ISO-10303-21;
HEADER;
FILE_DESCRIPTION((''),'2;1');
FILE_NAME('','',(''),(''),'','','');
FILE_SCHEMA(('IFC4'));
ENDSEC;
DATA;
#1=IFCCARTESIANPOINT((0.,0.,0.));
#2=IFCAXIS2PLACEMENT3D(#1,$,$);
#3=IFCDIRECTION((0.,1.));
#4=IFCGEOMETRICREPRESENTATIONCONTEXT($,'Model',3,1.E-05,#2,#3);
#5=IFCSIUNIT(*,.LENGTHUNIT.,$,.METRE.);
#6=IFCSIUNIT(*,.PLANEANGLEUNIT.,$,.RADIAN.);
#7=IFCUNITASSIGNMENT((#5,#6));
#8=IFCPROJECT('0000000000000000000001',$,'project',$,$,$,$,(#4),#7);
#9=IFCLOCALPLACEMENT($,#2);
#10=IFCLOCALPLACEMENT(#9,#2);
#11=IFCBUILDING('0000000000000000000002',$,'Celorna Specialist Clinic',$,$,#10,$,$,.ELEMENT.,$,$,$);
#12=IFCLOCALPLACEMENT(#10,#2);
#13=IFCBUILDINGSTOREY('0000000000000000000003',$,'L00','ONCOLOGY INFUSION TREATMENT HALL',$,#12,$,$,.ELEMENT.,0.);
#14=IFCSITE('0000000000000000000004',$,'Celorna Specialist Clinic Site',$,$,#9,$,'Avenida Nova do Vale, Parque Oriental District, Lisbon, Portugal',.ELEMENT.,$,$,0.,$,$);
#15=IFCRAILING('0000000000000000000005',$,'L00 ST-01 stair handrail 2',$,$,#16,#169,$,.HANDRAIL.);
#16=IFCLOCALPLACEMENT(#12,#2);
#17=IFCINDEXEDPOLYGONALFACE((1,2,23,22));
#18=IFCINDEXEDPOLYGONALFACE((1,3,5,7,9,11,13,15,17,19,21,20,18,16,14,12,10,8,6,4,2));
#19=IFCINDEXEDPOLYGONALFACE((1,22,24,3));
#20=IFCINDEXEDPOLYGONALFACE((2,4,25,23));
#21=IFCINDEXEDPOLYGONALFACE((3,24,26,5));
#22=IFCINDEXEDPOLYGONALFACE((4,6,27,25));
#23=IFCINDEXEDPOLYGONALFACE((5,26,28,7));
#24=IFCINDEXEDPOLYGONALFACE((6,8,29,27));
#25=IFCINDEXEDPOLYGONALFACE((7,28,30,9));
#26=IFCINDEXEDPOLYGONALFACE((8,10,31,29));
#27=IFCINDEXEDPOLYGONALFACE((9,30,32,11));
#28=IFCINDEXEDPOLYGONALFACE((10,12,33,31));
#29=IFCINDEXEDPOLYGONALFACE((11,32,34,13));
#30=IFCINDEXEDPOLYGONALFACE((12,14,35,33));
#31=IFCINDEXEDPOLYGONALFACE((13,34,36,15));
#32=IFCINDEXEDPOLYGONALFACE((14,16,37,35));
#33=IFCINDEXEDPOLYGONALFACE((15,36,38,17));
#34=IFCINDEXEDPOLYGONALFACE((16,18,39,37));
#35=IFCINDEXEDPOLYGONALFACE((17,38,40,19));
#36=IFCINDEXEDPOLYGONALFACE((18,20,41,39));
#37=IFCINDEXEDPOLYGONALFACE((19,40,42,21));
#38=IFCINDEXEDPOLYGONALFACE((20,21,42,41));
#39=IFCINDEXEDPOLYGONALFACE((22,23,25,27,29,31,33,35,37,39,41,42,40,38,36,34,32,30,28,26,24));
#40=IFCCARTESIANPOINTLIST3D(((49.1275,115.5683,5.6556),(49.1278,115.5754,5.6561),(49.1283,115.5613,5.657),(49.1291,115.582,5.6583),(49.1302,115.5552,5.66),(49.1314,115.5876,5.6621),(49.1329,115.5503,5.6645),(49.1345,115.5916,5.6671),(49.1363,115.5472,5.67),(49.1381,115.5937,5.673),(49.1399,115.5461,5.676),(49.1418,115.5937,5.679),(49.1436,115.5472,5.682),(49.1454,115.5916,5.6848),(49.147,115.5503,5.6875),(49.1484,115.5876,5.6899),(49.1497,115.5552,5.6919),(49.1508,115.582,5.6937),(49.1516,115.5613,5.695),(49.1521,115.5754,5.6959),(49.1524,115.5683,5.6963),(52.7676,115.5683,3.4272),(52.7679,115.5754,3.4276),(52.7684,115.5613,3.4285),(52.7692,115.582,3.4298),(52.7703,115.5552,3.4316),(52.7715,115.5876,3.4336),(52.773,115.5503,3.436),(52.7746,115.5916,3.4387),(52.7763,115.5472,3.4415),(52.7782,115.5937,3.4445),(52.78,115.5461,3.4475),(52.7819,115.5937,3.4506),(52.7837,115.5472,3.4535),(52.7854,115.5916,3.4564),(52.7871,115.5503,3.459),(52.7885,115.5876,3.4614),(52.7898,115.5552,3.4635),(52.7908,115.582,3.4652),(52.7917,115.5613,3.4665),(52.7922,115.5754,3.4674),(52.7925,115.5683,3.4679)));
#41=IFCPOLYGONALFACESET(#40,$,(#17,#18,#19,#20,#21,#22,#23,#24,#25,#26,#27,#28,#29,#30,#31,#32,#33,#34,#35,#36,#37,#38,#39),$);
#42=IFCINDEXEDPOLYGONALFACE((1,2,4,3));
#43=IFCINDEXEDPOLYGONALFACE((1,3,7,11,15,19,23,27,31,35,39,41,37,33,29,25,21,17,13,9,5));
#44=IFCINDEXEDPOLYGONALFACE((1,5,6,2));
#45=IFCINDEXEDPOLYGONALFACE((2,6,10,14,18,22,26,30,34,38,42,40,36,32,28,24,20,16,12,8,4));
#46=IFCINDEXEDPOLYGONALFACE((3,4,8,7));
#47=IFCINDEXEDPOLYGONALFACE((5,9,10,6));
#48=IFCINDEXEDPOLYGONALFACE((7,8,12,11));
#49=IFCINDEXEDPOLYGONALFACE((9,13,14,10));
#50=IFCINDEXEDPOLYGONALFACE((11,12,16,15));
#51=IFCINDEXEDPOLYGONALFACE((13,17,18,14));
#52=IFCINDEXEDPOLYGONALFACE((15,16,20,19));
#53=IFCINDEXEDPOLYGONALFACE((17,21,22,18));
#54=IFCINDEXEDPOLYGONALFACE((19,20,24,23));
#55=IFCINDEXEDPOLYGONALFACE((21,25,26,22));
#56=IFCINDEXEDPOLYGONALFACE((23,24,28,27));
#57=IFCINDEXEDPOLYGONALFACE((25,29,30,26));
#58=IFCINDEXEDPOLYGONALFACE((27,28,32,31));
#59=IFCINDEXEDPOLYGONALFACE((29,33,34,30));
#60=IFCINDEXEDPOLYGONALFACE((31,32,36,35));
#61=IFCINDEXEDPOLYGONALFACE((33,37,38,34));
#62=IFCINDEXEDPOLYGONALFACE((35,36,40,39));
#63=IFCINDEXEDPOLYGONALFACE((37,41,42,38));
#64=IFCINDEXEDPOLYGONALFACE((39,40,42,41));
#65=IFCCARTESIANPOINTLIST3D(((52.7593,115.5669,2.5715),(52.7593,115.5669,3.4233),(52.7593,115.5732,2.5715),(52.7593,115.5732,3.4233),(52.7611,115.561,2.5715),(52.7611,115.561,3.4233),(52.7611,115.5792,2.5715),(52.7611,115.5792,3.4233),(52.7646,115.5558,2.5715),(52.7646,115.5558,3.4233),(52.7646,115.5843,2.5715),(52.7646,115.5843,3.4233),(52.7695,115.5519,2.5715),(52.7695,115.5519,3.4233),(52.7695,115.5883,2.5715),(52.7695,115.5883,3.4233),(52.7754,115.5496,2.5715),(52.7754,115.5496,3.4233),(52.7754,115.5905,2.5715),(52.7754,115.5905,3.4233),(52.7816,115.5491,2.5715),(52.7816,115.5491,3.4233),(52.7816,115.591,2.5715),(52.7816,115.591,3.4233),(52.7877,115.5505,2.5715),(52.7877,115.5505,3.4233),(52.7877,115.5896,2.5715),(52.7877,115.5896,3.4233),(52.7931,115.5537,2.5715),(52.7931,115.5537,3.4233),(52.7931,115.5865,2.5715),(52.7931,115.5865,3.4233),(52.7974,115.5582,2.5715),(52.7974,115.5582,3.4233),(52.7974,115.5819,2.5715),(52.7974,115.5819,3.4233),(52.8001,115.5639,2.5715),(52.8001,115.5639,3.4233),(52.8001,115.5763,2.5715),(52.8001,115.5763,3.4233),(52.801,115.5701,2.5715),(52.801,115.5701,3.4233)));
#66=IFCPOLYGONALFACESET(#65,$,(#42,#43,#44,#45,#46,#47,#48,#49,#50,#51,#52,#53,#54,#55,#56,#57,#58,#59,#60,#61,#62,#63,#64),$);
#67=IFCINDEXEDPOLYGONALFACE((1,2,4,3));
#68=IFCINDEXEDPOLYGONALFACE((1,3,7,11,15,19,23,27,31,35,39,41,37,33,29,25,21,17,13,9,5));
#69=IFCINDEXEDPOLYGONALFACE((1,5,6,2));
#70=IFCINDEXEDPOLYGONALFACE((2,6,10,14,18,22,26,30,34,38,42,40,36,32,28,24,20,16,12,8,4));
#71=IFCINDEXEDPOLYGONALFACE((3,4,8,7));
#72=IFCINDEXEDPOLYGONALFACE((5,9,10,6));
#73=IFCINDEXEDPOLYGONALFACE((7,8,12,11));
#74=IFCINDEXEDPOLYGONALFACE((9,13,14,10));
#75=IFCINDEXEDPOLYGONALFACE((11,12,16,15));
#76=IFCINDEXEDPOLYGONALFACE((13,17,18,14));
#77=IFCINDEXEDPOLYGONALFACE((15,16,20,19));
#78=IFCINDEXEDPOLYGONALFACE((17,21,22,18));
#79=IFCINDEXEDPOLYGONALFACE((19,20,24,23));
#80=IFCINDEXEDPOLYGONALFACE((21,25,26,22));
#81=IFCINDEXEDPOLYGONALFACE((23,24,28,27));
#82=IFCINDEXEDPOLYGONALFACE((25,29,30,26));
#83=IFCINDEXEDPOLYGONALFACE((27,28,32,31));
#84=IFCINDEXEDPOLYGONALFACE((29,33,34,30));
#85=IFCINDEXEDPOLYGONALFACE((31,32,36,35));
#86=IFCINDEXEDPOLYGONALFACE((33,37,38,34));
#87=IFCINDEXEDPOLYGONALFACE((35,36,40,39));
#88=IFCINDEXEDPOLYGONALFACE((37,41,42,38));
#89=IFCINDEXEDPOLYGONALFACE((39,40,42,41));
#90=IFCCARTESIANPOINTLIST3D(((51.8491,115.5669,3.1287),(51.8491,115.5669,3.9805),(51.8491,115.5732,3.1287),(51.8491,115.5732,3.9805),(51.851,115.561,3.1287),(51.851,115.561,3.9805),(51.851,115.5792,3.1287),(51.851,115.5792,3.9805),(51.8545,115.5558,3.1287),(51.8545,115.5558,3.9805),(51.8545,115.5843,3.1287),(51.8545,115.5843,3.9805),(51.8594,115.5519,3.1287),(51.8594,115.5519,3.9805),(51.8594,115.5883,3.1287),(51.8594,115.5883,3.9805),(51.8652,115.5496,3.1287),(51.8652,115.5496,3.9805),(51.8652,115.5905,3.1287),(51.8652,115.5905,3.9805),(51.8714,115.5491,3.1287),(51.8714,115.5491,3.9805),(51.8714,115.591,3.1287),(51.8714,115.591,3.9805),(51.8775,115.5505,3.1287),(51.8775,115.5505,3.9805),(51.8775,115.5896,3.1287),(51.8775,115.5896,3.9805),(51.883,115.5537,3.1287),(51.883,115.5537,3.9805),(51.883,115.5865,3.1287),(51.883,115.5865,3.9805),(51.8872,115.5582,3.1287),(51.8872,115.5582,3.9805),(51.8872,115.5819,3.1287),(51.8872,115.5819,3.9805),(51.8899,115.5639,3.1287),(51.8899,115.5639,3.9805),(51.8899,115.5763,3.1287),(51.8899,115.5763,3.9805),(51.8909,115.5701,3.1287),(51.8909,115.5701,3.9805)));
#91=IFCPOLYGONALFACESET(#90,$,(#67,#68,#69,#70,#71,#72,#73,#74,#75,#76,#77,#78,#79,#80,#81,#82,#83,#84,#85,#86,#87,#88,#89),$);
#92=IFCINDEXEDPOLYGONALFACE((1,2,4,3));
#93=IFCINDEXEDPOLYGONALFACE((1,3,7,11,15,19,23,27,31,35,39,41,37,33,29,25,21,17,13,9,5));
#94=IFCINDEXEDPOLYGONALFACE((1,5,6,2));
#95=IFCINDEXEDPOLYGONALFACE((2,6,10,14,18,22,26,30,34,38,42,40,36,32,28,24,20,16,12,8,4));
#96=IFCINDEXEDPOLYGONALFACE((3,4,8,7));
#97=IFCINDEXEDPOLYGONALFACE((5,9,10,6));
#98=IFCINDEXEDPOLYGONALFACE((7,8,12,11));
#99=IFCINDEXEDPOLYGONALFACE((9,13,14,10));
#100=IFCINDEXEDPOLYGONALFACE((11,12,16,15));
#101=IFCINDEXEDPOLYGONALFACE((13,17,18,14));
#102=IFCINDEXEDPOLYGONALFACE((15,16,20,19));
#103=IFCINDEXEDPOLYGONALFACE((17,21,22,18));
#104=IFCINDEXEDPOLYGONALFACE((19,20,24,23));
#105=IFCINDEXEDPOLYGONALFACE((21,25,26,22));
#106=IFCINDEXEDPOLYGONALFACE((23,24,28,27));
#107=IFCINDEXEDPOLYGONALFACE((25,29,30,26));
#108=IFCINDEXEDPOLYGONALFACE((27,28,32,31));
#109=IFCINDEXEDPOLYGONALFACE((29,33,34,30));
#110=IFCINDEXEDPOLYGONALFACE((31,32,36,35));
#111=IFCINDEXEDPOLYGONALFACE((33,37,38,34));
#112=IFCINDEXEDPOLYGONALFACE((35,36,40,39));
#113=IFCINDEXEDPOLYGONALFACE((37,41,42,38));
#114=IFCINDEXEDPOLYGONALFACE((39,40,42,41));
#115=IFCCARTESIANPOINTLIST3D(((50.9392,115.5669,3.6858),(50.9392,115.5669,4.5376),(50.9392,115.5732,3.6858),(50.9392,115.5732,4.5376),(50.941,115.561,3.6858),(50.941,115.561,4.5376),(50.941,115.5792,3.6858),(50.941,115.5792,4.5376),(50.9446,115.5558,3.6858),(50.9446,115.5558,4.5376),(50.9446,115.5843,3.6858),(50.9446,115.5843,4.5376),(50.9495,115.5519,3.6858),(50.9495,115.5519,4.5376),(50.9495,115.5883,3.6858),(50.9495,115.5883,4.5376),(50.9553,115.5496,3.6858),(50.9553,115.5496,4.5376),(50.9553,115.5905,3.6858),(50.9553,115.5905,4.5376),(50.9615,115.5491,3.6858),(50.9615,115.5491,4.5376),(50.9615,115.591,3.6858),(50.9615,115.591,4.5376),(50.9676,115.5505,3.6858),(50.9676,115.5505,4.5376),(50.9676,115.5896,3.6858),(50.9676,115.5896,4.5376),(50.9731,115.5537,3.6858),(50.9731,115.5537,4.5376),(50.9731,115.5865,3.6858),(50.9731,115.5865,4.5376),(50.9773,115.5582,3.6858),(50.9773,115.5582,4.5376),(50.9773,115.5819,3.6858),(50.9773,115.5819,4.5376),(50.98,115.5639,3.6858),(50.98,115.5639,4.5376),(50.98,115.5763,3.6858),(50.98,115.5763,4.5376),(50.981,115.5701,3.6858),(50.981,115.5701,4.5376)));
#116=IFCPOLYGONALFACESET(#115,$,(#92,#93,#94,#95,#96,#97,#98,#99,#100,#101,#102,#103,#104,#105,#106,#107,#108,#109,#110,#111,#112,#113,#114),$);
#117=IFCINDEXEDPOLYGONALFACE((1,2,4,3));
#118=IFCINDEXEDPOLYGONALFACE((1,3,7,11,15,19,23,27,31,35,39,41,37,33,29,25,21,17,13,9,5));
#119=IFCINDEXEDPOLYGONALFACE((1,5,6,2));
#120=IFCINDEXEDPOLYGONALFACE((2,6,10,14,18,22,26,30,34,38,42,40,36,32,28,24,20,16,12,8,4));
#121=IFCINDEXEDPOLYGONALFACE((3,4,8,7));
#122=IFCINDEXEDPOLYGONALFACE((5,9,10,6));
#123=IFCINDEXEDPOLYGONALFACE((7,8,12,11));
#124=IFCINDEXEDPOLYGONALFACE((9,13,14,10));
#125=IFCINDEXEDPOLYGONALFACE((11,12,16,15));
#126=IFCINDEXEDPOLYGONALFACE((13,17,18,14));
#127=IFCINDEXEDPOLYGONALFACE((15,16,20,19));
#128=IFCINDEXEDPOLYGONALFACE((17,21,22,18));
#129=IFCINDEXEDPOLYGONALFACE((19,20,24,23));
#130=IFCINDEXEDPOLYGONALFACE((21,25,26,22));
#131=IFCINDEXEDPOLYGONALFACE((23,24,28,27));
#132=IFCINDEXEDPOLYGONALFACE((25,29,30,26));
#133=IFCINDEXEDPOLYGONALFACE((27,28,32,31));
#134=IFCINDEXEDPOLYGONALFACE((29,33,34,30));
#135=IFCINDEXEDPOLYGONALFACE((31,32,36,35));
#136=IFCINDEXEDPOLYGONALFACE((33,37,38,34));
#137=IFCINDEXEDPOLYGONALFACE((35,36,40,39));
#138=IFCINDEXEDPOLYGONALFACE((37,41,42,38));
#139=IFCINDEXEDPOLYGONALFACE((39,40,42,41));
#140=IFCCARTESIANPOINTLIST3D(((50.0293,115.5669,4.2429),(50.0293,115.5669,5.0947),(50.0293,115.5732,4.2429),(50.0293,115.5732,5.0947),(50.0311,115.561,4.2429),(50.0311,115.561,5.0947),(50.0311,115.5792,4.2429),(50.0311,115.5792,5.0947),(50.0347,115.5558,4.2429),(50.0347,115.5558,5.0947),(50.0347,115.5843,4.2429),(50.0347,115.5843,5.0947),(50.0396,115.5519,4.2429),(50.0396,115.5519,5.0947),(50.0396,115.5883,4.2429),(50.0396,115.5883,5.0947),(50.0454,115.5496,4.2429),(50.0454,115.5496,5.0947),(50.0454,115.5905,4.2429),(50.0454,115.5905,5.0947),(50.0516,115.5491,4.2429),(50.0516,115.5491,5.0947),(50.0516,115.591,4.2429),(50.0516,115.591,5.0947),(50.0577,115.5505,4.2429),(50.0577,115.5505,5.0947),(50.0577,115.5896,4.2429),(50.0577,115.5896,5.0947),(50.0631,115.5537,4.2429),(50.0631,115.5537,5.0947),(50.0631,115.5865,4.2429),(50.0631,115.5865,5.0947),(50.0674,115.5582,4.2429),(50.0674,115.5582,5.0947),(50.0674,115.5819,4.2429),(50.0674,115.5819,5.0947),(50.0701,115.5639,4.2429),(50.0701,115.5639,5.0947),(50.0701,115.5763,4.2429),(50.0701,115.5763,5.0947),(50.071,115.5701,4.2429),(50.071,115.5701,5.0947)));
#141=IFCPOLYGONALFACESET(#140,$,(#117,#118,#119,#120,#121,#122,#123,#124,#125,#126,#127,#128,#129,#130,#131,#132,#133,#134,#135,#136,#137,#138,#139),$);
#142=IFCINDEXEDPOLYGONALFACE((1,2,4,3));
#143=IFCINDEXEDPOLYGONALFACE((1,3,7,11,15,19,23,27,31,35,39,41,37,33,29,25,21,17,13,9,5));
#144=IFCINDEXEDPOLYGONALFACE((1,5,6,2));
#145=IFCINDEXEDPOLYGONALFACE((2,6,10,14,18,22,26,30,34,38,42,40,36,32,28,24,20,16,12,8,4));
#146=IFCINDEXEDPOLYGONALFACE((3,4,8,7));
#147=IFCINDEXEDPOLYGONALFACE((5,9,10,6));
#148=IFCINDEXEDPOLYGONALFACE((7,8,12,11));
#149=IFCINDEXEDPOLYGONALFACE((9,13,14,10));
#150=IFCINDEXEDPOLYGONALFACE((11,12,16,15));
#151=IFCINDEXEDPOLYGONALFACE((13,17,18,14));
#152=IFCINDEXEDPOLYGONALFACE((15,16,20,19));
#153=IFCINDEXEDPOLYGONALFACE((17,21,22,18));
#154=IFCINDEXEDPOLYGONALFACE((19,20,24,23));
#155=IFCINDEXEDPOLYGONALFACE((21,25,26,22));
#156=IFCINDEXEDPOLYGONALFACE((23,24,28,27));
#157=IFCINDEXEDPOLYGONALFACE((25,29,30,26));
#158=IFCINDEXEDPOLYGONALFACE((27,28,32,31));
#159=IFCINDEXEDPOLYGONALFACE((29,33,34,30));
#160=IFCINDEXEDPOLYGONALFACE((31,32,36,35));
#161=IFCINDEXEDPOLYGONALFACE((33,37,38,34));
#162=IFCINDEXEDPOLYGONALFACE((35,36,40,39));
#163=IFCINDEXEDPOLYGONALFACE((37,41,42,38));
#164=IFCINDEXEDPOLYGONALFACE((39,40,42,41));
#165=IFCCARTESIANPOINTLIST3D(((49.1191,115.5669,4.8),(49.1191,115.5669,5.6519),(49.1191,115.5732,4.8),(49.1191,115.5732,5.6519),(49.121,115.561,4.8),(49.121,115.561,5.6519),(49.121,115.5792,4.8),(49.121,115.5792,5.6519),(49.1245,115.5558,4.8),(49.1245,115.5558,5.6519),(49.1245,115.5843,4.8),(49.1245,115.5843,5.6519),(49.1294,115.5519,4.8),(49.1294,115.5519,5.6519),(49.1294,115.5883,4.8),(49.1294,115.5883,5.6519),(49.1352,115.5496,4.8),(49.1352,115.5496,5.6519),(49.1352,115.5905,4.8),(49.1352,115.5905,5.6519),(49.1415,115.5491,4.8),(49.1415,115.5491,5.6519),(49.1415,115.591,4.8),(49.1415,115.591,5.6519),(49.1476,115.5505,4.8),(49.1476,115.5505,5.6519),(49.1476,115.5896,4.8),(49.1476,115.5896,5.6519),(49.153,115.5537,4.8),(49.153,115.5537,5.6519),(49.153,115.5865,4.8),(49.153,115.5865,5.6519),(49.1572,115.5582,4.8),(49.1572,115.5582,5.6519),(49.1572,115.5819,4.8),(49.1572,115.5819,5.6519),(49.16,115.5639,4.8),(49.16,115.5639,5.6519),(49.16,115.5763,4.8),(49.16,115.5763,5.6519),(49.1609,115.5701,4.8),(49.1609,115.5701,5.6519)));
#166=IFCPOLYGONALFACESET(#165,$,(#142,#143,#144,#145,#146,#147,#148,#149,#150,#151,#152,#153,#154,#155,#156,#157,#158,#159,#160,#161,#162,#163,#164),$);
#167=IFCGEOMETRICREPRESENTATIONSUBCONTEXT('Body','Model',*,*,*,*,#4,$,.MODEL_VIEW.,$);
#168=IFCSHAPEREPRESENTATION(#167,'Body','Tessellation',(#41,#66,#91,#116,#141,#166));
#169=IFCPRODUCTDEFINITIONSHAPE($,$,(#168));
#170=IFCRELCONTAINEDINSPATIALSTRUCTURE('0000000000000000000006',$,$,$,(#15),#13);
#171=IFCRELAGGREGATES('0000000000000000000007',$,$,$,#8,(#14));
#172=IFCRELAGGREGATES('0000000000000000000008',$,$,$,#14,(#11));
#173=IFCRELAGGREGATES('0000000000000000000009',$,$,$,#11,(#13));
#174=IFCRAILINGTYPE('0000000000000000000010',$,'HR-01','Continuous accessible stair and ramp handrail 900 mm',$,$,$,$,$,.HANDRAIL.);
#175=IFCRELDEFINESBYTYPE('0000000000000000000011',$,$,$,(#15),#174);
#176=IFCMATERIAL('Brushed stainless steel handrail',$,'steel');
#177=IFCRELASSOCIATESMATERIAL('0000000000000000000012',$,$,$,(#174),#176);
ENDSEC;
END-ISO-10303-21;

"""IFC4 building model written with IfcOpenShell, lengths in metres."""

from ifc_helpers import new_model, si_unit, direction, frame, origin, origin_2d, place, context, subcontext, project, spatial, circle, extrude, material, type_object, element, save


model = new_model("IFC4")

# Units and contexts
model_context = context("Model", 3, precision=1e-05, world=origin(), true_north=direction((0.0, 1.0)))
body_context = subcontext(model_context, "Body", "Model", "MODEL_VIEW")
ifc_project = project(units=[si_unit("LENGTHUNIT", "METRE"), si_unit("PLANEANGLEUNIT", "RADIAN")], contexts=[model_context])

# Site, building, storey
site_placement = place(None, origin())
site = spatial("IfcSite", under=ifc_project, at=site_placement, Name="Celorna Specialist Clinic Site", LongName="Avenida Nova do Vale, Parque Oriental District, Lisbon, Portugal", CompositionType="ELEMENT", RefElevation=0.0)
building_placement = place(site_placement, origin())
building = spatial("IfcBuilding", under=site, at=building_placement, Name="Celorna Specialist Clinic", CompositionType="ELEMENT")
storey_placement = place(building_placement, origin())
storey = spatial("IfcBuildingStorey", under=building, at=storey_placement, Name="L00", Description="ONCOLOGY INFUSION TREATMENT HALL", CompositionType="ELEMENT", Elevation=0.0)

# Railing
ifc_material_1 = material(Name="Brushed stainless steel handrail", Category="steel")
railing_type_1 = type_object("IfcRailingType", Name="HR-01", Description="Continuous accessible stair and ramp handrail 900 mm", PredefinedType="HANDRAIL", material=ifc_material_1)
railing_1_placement = place(storey_placement, frame((52.78, 115.5701, 2.5715)))
element("IfcRailing", 1, at=railing_1_placement, inside=storey, type_object=railing_type_1, Name="L00 ST-01 stair handrail 2", PredefinedType="HANDRAIL", context=body_context, shape_type="SweptSolid", body=[
    extrude(circle(Radius=0.0239, at=origin_2d()), frame((0.0, 0.0, 0.876), z_axis=(-0.852866, 0.0, 0.52213), x_axis=(0.0, -1.0, 0.0)), (0.0, 0.0, 1.0), 4.2681),
    extrude(circle(Radius=0.021, at=origin_2d()), origin(), (0.0, 0.0, 1.0), 0.8518),
    extrude(circle(Radius=0.021, at=origin_2d()), frame((-0.9102, 0.0, 0.5571)), (0.0, 0.0, 1.0), 0.8518),
    extrude(circle(Radius=0.021, at=origin_2d()), frame((-1.8201, 0.0, 1.1143)), (0.0, 0.0, 1.0), 0.8518),
    extrude(circle(Radius=0.021, at=origin_2d()), frame((-2.73, 0.0, 1.6714)), (0.0, 0.0, 1.0), 0.8518),
    extrude(circle(Radius=0.021, at=origin_2d()), frame((-3.6401, 0.0, 2.2285)), (0.0, 0.0, 1.0), 0.8518),
])

save(model, "model.ifc")
